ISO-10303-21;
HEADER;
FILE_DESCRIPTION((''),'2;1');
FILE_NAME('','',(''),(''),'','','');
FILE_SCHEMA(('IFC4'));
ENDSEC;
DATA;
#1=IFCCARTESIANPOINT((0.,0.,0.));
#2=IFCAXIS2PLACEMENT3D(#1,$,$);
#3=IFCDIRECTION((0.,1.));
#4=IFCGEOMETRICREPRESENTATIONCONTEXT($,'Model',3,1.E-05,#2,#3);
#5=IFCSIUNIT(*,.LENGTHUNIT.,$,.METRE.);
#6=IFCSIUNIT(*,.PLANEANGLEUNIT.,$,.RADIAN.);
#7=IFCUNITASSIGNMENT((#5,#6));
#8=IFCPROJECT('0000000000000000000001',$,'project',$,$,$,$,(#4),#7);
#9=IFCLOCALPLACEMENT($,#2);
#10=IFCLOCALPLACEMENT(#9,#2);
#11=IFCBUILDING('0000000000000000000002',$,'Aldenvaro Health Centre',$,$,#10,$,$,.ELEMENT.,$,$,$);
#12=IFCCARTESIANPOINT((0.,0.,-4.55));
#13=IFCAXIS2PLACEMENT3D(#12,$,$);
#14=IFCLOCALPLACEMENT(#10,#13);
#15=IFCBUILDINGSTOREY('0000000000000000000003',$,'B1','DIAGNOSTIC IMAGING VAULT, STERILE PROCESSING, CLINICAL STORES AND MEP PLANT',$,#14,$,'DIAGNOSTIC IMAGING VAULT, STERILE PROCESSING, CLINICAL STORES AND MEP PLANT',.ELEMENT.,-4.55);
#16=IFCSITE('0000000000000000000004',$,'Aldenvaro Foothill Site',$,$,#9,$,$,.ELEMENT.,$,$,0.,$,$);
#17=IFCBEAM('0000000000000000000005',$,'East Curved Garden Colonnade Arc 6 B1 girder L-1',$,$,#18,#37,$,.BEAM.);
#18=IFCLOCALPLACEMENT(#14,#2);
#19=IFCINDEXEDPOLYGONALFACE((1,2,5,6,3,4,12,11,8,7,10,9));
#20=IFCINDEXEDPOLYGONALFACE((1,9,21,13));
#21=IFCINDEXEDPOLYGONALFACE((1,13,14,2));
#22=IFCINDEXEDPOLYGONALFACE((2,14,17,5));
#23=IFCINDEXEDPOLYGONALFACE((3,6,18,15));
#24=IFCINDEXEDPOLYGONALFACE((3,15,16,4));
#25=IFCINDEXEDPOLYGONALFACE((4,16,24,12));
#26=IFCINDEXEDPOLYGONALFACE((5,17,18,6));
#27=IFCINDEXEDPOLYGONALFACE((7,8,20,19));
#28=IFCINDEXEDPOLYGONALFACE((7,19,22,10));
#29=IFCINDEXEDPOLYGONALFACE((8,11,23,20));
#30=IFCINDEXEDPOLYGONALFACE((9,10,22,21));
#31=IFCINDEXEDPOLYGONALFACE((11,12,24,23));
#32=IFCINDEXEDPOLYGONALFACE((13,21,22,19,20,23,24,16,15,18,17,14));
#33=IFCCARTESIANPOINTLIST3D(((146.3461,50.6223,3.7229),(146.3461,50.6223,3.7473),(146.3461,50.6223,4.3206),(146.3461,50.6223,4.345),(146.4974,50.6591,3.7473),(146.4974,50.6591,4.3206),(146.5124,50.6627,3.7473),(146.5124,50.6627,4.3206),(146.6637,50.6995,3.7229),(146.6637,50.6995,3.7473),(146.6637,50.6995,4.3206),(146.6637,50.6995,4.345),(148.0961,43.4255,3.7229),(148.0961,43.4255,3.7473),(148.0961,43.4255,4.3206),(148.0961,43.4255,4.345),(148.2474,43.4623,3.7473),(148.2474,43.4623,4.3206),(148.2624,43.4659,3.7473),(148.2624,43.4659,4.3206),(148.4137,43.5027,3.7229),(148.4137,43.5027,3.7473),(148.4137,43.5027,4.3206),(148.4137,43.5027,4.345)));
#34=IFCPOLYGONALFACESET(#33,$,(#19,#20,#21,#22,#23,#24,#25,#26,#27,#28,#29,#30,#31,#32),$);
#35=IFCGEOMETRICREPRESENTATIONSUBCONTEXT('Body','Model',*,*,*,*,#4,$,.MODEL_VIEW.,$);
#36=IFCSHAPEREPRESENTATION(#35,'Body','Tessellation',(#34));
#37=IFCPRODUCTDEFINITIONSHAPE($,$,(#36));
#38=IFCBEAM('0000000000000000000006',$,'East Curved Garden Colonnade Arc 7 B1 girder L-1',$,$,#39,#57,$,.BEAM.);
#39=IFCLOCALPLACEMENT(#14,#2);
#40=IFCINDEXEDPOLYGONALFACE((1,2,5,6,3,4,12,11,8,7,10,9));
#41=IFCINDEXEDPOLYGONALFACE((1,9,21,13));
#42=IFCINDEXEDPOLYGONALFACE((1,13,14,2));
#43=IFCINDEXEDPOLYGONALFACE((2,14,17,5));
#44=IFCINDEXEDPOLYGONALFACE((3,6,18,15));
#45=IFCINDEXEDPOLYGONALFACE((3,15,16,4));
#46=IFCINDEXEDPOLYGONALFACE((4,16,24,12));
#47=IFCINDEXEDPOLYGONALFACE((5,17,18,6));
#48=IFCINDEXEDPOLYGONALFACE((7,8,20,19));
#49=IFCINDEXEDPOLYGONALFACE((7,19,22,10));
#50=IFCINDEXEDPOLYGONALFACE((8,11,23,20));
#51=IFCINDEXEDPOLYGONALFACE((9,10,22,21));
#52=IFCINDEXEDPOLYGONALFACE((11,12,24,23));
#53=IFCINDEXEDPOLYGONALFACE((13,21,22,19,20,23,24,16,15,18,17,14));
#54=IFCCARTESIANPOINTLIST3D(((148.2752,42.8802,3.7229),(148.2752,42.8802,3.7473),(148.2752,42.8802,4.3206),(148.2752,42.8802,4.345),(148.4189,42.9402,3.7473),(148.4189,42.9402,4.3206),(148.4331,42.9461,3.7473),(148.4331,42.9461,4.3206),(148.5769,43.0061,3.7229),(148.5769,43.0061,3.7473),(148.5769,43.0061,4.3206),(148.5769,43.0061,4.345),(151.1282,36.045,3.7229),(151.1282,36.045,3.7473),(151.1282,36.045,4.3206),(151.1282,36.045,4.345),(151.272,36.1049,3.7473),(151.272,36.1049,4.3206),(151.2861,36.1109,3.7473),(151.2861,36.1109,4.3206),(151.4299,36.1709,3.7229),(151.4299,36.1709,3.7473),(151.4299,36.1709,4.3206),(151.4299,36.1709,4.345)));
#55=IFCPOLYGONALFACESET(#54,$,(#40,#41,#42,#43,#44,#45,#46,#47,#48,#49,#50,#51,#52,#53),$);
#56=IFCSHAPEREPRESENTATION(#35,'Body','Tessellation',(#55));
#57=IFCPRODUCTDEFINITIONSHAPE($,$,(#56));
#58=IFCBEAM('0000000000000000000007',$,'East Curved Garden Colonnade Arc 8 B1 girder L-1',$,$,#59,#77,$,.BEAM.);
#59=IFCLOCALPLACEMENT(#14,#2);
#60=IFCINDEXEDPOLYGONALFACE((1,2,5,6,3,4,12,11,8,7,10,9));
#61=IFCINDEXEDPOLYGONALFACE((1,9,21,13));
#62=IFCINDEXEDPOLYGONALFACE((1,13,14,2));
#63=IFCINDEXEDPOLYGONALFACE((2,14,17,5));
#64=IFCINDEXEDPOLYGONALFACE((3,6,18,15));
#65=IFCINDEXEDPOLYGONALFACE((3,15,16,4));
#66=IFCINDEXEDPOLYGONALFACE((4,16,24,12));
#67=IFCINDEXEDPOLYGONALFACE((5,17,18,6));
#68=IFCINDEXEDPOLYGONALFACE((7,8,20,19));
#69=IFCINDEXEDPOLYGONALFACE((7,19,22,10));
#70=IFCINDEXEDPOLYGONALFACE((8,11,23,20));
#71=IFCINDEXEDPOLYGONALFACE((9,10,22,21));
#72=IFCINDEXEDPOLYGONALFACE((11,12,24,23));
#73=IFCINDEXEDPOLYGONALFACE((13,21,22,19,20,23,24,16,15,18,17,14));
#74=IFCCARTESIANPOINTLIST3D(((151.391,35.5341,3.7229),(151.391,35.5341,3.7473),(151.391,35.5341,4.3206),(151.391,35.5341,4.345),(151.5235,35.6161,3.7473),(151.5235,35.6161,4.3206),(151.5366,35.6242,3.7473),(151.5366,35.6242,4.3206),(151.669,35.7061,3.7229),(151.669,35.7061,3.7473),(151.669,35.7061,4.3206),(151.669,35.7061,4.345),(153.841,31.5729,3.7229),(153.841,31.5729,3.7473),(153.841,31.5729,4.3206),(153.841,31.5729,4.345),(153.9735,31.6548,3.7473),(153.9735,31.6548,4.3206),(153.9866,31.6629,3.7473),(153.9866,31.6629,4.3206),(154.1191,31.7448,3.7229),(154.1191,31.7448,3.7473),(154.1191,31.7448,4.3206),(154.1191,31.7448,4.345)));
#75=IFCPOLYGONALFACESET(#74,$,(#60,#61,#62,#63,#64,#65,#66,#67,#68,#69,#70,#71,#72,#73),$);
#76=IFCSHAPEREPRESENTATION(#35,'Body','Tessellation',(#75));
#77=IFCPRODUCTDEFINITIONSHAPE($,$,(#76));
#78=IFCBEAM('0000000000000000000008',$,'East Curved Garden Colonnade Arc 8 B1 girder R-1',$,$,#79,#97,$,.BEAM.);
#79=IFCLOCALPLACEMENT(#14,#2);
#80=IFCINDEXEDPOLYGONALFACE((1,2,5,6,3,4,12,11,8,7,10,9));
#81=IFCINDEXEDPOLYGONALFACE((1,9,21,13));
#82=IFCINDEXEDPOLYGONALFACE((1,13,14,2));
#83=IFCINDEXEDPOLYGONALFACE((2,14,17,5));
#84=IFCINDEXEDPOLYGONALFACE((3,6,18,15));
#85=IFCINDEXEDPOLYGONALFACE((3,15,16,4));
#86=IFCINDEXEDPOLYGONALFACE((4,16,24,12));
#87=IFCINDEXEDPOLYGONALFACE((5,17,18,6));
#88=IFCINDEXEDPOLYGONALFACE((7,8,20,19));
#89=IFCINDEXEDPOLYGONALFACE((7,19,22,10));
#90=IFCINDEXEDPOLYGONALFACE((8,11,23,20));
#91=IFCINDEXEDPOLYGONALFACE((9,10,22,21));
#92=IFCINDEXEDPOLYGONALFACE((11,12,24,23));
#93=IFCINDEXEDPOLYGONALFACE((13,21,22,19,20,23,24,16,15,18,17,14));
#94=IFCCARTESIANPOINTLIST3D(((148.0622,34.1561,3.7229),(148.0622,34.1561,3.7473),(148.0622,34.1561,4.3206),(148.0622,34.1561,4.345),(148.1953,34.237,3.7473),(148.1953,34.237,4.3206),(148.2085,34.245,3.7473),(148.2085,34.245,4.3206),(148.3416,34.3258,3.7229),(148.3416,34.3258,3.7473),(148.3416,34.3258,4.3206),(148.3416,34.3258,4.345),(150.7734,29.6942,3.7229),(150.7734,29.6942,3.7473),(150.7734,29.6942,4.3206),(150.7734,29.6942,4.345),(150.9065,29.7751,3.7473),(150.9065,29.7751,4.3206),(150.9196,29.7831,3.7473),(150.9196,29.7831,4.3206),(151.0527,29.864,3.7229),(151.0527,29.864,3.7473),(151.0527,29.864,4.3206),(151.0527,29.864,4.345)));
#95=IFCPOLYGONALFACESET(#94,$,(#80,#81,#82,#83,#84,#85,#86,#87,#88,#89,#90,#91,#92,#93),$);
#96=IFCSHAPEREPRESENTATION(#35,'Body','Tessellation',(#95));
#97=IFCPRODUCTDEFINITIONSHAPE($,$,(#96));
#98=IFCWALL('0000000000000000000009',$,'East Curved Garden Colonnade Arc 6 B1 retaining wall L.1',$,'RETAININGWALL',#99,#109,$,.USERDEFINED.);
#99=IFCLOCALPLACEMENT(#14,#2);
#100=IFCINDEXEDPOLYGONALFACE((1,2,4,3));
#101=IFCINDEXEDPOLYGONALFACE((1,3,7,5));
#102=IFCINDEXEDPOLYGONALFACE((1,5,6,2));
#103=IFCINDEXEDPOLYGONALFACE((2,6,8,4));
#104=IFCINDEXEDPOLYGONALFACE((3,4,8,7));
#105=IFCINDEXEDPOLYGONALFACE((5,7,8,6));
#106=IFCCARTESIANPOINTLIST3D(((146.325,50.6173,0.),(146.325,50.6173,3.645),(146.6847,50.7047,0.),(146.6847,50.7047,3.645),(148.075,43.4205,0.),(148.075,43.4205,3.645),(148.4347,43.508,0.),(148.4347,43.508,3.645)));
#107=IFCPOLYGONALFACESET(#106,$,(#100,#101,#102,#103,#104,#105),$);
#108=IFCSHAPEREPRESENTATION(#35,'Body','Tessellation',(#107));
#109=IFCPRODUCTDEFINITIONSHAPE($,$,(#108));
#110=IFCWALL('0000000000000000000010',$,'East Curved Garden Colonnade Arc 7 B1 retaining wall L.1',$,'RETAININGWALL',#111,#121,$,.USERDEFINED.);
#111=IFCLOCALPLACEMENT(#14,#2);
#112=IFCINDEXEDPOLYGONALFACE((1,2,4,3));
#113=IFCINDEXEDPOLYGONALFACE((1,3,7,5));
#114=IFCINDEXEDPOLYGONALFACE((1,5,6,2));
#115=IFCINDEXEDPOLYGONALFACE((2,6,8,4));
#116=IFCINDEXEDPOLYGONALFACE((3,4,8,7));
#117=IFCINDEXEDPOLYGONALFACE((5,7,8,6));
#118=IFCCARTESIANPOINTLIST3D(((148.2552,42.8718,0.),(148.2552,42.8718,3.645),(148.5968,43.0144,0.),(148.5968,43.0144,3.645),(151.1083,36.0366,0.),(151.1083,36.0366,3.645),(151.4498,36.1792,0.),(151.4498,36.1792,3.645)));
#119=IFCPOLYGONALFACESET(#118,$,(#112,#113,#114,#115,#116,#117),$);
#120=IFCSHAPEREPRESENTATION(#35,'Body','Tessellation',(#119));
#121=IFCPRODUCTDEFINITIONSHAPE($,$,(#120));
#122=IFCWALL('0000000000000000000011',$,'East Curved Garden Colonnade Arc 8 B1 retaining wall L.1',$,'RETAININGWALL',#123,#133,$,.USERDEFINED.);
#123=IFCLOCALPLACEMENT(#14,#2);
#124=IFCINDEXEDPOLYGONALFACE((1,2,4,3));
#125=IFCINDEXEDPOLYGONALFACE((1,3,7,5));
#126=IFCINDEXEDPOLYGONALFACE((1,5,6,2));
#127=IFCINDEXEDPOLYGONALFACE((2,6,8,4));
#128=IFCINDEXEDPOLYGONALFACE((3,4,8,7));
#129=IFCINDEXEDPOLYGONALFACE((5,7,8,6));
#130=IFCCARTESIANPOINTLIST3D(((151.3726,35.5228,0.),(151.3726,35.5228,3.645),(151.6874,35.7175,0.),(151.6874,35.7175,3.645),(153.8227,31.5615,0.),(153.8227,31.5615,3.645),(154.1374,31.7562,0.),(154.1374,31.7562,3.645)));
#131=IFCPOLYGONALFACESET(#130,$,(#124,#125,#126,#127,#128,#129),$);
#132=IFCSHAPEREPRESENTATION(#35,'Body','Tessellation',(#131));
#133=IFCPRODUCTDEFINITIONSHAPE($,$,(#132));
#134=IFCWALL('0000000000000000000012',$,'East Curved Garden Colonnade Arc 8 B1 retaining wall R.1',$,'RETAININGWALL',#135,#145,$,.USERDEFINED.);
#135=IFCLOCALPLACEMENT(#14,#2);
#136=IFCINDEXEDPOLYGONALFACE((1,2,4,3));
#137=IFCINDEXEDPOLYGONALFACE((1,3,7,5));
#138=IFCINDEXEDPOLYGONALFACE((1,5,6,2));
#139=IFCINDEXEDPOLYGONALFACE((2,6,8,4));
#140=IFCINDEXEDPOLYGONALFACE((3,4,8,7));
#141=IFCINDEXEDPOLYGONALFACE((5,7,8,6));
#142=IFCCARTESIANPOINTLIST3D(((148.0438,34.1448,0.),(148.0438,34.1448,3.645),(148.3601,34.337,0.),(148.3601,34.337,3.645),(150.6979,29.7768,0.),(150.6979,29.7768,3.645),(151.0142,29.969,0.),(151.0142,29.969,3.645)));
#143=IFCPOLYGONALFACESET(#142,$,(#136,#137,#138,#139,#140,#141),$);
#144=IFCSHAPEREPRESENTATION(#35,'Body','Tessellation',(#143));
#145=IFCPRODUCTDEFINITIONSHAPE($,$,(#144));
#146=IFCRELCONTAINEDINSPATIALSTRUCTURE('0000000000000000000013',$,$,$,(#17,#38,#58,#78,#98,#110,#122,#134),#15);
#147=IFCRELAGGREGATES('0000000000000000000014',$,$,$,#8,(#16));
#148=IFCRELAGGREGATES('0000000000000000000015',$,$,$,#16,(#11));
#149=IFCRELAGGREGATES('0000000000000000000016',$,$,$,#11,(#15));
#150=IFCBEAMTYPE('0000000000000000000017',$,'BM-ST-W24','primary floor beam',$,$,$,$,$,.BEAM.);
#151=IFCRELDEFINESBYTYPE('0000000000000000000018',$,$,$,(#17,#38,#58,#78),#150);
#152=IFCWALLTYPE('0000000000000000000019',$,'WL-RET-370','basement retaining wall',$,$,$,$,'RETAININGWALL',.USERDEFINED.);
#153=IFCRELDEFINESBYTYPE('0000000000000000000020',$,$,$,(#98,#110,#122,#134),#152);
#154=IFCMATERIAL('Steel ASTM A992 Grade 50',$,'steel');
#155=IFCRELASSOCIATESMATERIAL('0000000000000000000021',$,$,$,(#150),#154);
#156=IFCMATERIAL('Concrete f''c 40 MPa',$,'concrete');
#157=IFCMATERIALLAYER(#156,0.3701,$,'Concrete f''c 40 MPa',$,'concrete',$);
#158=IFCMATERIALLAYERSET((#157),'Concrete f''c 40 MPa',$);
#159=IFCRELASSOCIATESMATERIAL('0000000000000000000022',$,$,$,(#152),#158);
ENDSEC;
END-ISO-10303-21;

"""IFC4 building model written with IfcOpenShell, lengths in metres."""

from ifc_helpers import new_model, si_unit, direction, frame, frame_2d, origin, origin_2d, place, context, subcontext, project, spatial, rectangle, i_section, extrude, material, layer, layer_set, material_profile, profile_set, type_object, element, save


model = new_model("IFC4")

# Units and contexts
model_context = context("Model", 3, precision=1e-05, world=origin(), true_north=direction((0.0, 1.0)))
body_context = subcontext(model_context, "Body", "Model", "MODEL_VIEW")
ifc_project = project(units=[si_unit("LENGTHUNIT", "METRE"), si_unit("PLANEANGLEUNIT", "RADIAN")], contexts=[model_context])

# Site, building, storey
site_placement = place(None, origin())
site = spatial("IfcSite", under=ifc_project, at=site_placement, Name="Aldenvaro Foothill Site", CompositionType="ELEMENT", RefElevation=0.0)
building_placement = place(site_placement, origin())
building = spatial("IfcBuilding", under=site, at=building_placement, Name="Aldenvaro Health Centre", CompositionType="ELEMENT")
storey_placement = place(building_placement, frame((0.0, 0.0, -4.55)))
storey = spatial("IfcBuildingStorey", under=building, at=storey_placement, Name="B1", Description="DIAGNOSTIC IMAGING VAULT, STERILE PROCESSING, CLINICAL STORES AND MEP PLANT", LongName="DIAGNOSTIC IMAGING VAULT, STERILE PROCESSING, CLINICAL STORES AND MEP PLANT", CompositionType="ELEMENT", Elevation=-4.55)

# Shared definitions
ifc_material_1 = material(Name="Concrete f'c 40 MPa", Category="concrete")

# Beams
ifc_material_2 = material(Name="Steel ASTM A992 Grade 50", Category="steel")
ifc_material_profile_1 = material_profile(ifc_material_2, i_section(OverallWidth=0.3269, OverallDepth=0.6221, WebThickness=0.0154, FlangeThickness=0.0244, at=origin_2d()), Name="W24X131", Category="steel")
ifc_profile_set_1 = profile_set([ifc_material_profile_1], Name="Steel ASTM A992 Grade 50")
beam_type_1 = type_object("IfcBeamType", Name="BM-ST-W24", Description="primary floor beam", PredefinedType="BEAM", material=ifc_profile_set_1)
beam_1_placement = place(storey_placement, frame((146.5049, 50.6609, 4.0339), z_axis=(0.236279, -0.971685, 0.0), x_axis=(0.971685, 0.236279, 0.0)))
element("IfcBeam", 1, at=beam_1_placement, inside=storey, type_object=beam_type_1, Name="East Curved Garden Colonnade Arc 6 B1 girder L-1", PredefinedType="BEAM", context=body_context, shape_type="SweptSolid", body=[
    extrude(i_section(OverallWidth=0.3269, OverallDepth=0.6221, WebThickness=0.0154, FlangeThickness=0.0244, at=origin_2d()), origin(), (0.0, 0.0, 1.0), 7.4065),
])
beam_2_placement = place(storey_placement, frame((148.426, 42.9431, 4.0339), z_axis=(0.385193, -0.922836, 0.0), x_axis=(0.922836, 0.385193, 0.0)))
element("IfcBeam", 2, at=beam_2_placement, inside=storey, type_object=beam_type_1, Name="East Curved Garden Colonnade Arc 7 B1 girder L-1", PredefinedType="BEAM", context=body_context, shape_type="SweptSolid", body=[
    extrude(i_section(OverallWidth=0.3269, OverallDepth=0.6221, WebThickness=0.0154, FlangeThickness=0.0244, at=origin_2d()), origin(), (0.0, 0.0, 1.0), 7.4067),
])
beam_3_placement = place(storey_placement, frame((151.53, 35.6201, 4.0339), z_axis=(0.526012, -0.850477, 0.0), x_axis=(0.850477, 0.526012, 0.0)))
element("IfcBeam", 3, at=beam_3_placement, inside=storey, type_object=beam_type_1, Name="East Curved Garden Colonnade Arc 8 B1 girder L-1", PredefinedType="BEAM", context=body_context, shape_type="SweptSolid", body=[
    extrude(i_section(OverallWidth=0.3269, OverallDepth=0.6221, WebThickness=0.0154, FlangeThickness=0.0244, at=origin_2d()), origin(), (0.0, 0.0, 1.0), 4.6577),
])
beam_4_placement = place(storey_placement, frame((148.2019, 34.241, 4.0339), z_axis=(0.519281, -0.854604, 0.0), x_axis=(0.854604, 0.519281, 0.0)))
element("IfcBeam", 4, at=beam_4_placement, inside=storey, type_object=beam_type_1, Name="East Curved Garden Colonnade Arc 8 B1 girder R-1", PredefinedType="BEAM", context=body_context, shape_type="SweptSolid", body=[
    extrude(i_section(OverallWidth=0.3269, OverallDepth=0.6221, WebThickness=0.0154, FlangeThickness=0.0244, at=origin_2d()), origin(), (0.0, 0.0, 1.0), 5.2209),
])

# Walls
ifc_layer = layer(ifc_material_1, 0.3701, Name="Concrete f'c 40 MPa", Category="concrete")
ifc_layer_set = layer_set([ifc_layer], Name="Concrete f'c 40 MPa")
wall_type = type_object("IfcWallType", Name="WL-RET-370", Description="basement retaining wall", ElementType="RETAININGWALL", PredefinedType="USERDEFINED", material=ifc_layer_set)
wall_1_placement = place(storey_placement, frame((146.5049, 50.6609, 0.0), z_axis=(0.0, 0.0, 1.0), x_axis=(0.236279, -0.971685, 0.0)))
element("IfcWall", 5, at=wall_1_placement, inside=storey, type_object=wall_type, Name="East Curved Garden Colonnade Arc 6 B1 retaining wall L.1", ObjectType="RETAININGWALL", PredefinedType="USERDEFINED", context=body_context, shape_type="SweptSolid", body=[
    extrude(rectangle(XDim=7.4065, YDim=0.3701, at=frame_2d((3.7031, 0.0))), origin(), (0.0, 0.0, 1.0), 3.645),
])
wall_2_placement = place(storey_placement, frame((148.426, 42.9431, 0.0), z_axis=(0.0, 0.0, 1.0), x_axis=(0.385193, -0.922836, 0.0)))
element("IfcWall", 6, at=wall_2_placement, inside=storey, type_object=wall_type, Name="East Curved Garden Colonnade Arc 7 B1 retaining wall L.1", ObjectType="RETAININGWALL", PredefinedType="USERDEFINED", context=body_context, shape_type="SweptSolid", body=[
    extrude(rectangle(XDim=7.4067, YDim=0.3701, at=frame_2d((3.7034, 0.0))), origin(), (0.0, 0.0, 1.0), 3.645),
])
wall_3_placement = place(storey_placement, frame((151.53, 35.6201, 0.0), z_axis=(0.0, 0.0, 1.0), x_axis=(0.526012, -0.850477, 0.0)))
element("IfcWall", 7, at=wall_3_placement, inside=storey, type_object=wall_type, Name="East Curved Garden Colonnade Arc 8 B1 retaining wall L.1", ObjectType="RETAININGWALL", PredefinedType="USERDEFINED", context=body_context, shape_type="SweptSolid", body=[
    extrude(rectangle(XDim=4.6577, YDim=0.3701, at=frame_2d((2.3289, 0.0))), origin(), (0.0, 0.0, 1.0), 3.645),
])
wall_4_placement = place(storey_placement, frame((148.2019, 34.241, 0.0), z_axis=(0.0, 0.0, 1.0), x_axis=(0.519279, -0.854605, 0.0)))
element("IfcWall", 8, at=wall_4_placement, inside=storey, type_object=wall_type, Name="East Curved Garden Colonnade Arc 8 B1 retaining wall R.1", ObjectType="RETAININGWALL", PredefinedType="USERDEFINED", context=body_context, shape_type="SweptSolid", body=[
    extrude(rectangle(XDim=5.1111, YDim=0.3701, at=frame_2d((2.5557, 0.0))), origin(), (0.0, 0.0, 1.0), 3.645),
])

save(model, "model.ifc")
